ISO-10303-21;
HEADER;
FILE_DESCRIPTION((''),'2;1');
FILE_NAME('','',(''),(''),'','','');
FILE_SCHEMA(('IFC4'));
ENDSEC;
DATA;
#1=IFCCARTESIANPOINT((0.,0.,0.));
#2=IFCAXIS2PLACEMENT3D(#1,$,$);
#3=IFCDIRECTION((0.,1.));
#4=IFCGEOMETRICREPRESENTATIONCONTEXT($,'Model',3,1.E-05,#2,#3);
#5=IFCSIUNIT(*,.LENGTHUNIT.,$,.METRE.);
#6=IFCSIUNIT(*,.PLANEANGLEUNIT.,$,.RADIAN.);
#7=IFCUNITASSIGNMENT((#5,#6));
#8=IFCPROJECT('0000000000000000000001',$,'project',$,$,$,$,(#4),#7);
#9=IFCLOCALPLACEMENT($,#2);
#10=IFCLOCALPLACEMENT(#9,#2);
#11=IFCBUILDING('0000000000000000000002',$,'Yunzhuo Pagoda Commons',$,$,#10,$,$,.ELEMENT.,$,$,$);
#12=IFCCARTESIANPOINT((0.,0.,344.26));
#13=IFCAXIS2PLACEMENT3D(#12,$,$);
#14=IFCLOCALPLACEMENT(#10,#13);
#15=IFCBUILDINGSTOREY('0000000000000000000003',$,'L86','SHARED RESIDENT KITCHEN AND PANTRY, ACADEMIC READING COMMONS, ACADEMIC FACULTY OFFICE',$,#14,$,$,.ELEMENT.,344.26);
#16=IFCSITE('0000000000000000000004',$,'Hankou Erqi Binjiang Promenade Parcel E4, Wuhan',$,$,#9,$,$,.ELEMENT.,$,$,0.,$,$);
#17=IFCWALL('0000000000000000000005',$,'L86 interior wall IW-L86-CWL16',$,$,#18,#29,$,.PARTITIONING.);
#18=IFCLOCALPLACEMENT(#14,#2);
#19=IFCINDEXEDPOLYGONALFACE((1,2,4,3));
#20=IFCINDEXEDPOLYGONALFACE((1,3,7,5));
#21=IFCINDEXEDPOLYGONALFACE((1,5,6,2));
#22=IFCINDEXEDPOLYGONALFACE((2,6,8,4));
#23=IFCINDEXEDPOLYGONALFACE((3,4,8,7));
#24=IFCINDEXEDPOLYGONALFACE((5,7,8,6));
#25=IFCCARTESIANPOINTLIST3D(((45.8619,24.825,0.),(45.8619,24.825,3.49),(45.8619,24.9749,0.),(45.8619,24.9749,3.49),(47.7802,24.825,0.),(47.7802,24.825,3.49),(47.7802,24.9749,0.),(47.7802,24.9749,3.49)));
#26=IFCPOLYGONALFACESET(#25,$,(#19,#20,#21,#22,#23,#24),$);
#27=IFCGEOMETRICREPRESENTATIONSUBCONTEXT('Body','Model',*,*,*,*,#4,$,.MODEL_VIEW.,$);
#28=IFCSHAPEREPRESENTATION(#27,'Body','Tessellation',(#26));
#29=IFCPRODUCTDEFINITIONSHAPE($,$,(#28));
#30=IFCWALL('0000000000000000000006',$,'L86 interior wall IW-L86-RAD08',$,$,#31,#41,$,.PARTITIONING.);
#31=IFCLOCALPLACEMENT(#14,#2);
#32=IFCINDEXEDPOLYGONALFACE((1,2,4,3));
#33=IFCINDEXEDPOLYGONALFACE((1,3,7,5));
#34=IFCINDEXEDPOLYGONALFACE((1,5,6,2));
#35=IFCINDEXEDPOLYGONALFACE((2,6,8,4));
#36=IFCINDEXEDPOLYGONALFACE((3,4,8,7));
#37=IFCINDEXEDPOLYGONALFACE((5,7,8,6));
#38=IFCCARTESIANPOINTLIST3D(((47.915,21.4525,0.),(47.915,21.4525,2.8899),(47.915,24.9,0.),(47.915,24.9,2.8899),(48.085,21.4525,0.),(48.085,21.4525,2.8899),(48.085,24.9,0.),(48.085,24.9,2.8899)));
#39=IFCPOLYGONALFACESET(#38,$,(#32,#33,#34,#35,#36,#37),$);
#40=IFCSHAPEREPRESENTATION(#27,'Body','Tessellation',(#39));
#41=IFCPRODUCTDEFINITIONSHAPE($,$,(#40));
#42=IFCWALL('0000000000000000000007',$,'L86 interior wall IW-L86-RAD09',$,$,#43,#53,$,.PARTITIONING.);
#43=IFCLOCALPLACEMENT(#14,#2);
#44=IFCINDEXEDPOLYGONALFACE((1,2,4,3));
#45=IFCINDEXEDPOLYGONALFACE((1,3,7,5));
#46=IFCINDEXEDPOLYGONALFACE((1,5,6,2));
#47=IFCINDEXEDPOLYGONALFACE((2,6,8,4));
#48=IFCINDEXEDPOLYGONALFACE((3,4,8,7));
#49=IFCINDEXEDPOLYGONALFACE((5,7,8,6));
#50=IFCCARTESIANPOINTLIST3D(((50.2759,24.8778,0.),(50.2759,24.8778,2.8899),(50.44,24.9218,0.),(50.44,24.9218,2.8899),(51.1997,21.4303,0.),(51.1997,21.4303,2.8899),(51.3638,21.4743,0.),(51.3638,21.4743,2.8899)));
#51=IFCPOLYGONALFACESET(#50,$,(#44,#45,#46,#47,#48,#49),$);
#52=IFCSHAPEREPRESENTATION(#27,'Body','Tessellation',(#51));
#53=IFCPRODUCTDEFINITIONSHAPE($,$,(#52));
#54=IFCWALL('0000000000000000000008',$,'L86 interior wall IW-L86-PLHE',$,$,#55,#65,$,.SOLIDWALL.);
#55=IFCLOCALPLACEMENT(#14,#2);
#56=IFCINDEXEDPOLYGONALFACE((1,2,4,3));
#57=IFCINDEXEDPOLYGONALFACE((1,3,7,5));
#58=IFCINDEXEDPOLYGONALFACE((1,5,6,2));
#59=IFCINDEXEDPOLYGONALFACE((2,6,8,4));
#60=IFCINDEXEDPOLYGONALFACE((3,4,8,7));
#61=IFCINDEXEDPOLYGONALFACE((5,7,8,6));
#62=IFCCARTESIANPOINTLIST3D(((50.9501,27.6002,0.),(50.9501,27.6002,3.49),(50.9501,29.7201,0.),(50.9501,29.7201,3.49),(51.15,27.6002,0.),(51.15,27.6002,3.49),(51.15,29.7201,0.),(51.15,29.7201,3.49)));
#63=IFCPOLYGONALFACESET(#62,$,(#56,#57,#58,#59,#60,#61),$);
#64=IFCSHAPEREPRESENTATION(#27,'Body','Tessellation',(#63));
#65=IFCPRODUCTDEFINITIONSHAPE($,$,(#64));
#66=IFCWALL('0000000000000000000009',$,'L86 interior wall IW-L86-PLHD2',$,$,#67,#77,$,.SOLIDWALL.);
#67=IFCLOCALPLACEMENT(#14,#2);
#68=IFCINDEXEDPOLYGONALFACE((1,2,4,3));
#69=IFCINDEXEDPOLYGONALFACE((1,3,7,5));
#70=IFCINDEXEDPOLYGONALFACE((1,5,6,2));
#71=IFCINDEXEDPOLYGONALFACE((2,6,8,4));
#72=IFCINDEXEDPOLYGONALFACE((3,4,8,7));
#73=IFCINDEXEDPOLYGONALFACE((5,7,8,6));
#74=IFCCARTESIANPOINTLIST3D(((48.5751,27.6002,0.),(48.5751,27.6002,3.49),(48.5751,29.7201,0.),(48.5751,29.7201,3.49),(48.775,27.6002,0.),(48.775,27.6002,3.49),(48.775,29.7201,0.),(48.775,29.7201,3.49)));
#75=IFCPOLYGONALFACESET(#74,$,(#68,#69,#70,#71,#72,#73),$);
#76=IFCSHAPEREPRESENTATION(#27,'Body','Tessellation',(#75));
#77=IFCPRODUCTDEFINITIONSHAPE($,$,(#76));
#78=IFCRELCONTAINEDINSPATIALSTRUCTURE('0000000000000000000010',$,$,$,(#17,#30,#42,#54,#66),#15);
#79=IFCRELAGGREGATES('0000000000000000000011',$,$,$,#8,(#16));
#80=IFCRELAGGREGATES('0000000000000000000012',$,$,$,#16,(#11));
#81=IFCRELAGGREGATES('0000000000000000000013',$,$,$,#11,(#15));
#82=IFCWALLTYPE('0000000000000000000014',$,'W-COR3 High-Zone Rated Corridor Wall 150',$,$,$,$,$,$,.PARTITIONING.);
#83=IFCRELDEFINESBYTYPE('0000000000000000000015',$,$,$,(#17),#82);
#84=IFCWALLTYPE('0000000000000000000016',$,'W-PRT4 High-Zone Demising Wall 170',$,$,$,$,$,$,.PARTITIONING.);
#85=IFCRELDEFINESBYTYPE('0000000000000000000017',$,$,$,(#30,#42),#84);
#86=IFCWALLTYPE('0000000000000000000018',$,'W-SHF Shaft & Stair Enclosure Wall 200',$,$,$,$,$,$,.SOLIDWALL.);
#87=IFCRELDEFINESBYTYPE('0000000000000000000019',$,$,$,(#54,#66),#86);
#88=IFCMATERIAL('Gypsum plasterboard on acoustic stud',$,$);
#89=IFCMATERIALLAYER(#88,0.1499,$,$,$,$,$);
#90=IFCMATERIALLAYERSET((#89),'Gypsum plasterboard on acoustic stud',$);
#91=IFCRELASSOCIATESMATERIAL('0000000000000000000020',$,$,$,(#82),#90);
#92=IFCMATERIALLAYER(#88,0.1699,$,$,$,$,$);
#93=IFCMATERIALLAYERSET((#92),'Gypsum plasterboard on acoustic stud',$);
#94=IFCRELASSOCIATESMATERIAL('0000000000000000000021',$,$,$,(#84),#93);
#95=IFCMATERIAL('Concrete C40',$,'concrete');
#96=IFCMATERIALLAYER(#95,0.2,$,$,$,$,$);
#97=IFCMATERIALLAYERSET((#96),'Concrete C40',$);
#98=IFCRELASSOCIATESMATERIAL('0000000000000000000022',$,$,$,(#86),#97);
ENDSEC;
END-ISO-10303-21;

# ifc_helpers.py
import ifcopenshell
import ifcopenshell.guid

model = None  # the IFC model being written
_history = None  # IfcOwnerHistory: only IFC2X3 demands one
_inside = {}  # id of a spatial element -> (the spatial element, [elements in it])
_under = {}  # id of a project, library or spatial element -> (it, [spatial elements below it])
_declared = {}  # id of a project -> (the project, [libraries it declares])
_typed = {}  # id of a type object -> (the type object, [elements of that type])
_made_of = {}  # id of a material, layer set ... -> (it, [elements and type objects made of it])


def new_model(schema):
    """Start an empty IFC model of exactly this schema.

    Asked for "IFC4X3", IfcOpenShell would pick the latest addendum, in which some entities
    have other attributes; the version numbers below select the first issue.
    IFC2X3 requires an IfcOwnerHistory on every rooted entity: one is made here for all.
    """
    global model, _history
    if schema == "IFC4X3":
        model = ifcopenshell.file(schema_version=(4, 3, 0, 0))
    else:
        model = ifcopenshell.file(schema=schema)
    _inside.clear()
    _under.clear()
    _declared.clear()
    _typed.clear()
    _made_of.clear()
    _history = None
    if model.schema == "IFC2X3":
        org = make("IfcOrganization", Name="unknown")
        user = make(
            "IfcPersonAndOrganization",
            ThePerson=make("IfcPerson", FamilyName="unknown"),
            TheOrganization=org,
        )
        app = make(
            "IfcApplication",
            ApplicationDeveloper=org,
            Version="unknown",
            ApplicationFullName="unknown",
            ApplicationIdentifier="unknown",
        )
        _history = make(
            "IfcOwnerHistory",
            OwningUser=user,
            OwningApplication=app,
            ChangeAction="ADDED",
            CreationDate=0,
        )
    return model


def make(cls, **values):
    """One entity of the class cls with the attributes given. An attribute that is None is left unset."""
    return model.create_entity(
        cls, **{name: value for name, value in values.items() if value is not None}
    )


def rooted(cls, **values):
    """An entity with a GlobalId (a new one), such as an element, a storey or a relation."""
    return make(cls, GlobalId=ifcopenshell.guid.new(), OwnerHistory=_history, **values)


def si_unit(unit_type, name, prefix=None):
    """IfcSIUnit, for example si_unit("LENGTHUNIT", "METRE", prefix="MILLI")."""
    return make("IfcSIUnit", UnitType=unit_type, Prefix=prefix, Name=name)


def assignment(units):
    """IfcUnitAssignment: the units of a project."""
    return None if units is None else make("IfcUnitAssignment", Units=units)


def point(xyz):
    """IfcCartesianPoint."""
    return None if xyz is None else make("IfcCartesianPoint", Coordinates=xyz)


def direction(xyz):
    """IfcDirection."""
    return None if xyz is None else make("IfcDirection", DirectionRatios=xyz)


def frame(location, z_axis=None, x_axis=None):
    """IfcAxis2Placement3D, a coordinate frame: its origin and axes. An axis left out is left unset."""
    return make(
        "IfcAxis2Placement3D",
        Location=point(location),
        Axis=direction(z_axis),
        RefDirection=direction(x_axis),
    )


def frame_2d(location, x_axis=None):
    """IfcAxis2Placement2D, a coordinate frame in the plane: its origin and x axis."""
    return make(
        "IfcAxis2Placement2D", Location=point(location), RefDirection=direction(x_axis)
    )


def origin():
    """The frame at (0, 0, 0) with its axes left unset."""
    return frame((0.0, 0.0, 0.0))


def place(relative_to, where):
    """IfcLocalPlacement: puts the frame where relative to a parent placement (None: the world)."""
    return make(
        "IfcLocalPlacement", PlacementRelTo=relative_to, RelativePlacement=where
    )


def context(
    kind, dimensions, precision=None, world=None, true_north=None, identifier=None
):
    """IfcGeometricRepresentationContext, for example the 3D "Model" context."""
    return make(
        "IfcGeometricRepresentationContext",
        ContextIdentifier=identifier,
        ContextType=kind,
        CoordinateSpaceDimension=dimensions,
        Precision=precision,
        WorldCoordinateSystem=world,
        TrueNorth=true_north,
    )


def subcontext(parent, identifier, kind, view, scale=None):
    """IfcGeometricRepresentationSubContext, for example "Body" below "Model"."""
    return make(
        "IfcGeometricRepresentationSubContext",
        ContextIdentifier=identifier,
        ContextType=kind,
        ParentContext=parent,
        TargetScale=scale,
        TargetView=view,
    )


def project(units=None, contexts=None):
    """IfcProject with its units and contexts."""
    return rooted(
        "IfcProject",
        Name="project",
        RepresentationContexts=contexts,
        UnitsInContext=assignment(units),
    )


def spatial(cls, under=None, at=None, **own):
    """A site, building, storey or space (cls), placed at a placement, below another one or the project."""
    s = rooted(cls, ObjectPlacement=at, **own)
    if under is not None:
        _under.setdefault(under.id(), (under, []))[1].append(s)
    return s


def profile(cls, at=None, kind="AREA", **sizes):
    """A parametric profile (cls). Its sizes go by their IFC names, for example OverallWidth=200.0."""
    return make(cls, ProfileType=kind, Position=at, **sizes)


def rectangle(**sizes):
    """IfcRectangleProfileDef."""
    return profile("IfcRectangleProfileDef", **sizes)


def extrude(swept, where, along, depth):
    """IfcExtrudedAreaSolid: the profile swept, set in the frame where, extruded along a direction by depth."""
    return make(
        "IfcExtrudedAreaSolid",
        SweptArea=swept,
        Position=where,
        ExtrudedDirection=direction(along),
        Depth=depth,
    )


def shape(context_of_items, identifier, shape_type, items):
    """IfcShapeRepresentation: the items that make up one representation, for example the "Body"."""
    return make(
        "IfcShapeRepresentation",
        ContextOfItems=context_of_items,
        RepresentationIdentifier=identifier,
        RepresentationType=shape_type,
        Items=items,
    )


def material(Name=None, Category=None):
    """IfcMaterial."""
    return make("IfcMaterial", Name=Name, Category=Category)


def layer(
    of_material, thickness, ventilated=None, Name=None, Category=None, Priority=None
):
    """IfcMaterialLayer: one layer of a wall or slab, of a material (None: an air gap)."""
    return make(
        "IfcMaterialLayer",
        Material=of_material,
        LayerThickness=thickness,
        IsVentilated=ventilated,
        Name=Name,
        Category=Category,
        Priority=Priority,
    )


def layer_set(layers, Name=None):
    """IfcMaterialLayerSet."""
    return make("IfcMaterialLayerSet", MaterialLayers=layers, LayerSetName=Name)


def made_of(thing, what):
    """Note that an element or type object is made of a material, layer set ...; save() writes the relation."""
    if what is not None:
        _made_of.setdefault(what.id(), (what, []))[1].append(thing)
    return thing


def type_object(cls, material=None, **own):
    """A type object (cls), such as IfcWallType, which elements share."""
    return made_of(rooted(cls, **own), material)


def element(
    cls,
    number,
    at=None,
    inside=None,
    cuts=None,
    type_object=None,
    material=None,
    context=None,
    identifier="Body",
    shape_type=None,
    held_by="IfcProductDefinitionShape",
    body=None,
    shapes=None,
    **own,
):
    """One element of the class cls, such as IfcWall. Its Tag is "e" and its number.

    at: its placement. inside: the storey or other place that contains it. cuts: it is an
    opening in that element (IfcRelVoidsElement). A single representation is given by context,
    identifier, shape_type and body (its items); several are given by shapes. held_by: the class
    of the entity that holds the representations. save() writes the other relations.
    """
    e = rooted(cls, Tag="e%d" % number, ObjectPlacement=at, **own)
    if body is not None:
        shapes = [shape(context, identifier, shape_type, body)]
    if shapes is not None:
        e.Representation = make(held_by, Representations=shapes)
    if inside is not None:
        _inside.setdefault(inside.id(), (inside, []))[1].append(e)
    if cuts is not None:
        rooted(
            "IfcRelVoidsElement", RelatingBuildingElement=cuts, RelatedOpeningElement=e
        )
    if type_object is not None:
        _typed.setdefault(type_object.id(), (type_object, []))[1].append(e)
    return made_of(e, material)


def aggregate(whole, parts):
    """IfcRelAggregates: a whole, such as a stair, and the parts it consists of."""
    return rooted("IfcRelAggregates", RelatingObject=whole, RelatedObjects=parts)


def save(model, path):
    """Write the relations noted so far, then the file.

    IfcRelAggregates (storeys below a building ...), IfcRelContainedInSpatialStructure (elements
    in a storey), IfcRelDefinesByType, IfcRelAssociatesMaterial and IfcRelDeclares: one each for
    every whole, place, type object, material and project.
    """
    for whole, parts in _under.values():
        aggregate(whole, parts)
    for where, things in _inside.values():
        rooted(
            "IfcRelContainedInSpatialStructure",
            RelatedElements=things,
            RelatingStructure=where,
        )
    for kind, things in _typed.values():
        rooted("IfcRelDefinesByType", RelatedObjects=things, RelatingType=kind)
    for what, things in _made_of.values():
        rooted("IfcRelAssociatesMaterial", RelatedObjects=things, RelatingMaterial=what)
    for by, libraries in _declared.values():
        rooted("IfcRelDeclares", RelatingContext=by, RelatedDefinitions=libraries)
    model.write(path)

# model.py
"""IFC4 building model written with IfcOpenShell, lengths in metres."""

from ifc_helpers import new_model, si_unit, direction, frame, frame_2d, origin, place, context, subcontext, project, spatial, rectangle, extrude, material, layer, layer_set, type_object, element, save


model = new_model("IFC4")

# Units and contexts
model_context = context("Model", 3, precision=1e-05, world=origin(), true_north=direction((0.0, 1.0)))
body_context = subcontext(model_context, "Body", "Model", "MODEL_VIEW")
ifc_project = project(units=[si_unit("LENGTHUNIT", "METRE"), si_unit("PLANEANGLEUNIT", "RADIAN")], contexts=[model_context])

# Site, building, storey
site_placement = place(None, origin())
site = spatial("IfcSite", under=ifc_project, at=site_placement, Name="Hankou Erqi Binjiang Promenade Parcel E4, Wuhan", CompositionType="ELEMENT", RefElevation=0.0)
building_placement = place(site_placement, origin())
building = spatial("IfcBuilding", under=site, at=building_placement, Name="Yunzhuo Pagoda Commons", CompositionType="ELEMENT")
storey_placement = place(building_placement, frame((0.0, 0.0, 344.26)))
storey = spatial("IfcBuildingStorey", under=building, at=storey_placement, Name="L86", Description="SHARED RESIDENT KITCHEN AND PANTRY, ACADEMIC READING COMMONS, ACADEMIC FACULTY OFFICE", CompositionType="ELEMENT", Elevation=344.26)

# Shared definitions
ifc_material_1 = material(Name="Gypsum plasterboard on acoustic stud")
ifc_layer_1 = layer(ifc_material_1, 0.1499)
ifc_layer_set_1 = layer_set([ifc_layer_1], Name="Gypsum plasterboard on acoustic stud")
wall_type_1 = type_object("IfcWallType", Name="W-COR3 High-Zone Rated Corridor Wall 150", PredefinedType="PARTITIONING", material=ifc_layer_set_1)

# Walls
for number, where, z_axis, x_axis, name in (
    (1, (47.78, 24.8999, 0.0), (0.0, 0.0, 1.0), (-1.0, 0.0, 0.0), "L86 interior wall IW-L86-CWL16"),
):
    element("IfcWall", number, at=place(storey_placement, frame(where, z_axis=z_axis, x_axis=x_axis)), inside=storey, type_object=wall_type_1, Name=name, PredefinedType="PARTITIONING", context=body_context, shape_type="SweptSolid", body=[
        extrude(rectangle(XDim=1.9182, YDim=0.1499, at=frame_2d((0.959, 0.0))), origin(), (0.0, 0.0, 1.0), 3.49),
    ])
ifc_layer_2 = layer(ifc_material_1, 0.1699)
ifc_layer_set_2 = layer_set([ifc_layer_2], Name="Gypsum plasterboard on acoustic stud")
wall_type_2 = type_object("IfcWallType", Name="W-PRT4 High-Zone Demising Wall 170", PredefinedType="PARTITIONING", material=ifc_layer_set_2)
wall_1_placement = place(storey_placement, frame((48.0, 24.8999, 0.0), z_axis=(0.0, 0.0, 1.0), x_axis=(0.0, -1.0, 0.0)))
element("IfcWall", 2, at=wall_1_placement, inside=storey, type_object=wall_type_2, Name="L86 interior wall IW-L86-RAD08", PredefinedType="PARTITIONING", context=body_context, shape_type="SweptSolid", body=[
    extrude(rectangle(XDim=3.4475, YDim=0.1699, at=frame_2d((1.7236, 0.0))), origin(), (0.0, 0.0, 1.0), 2.8899),
])
wall_2_placement = place(storey_placement, frame((50.3579, 24.8999, 0.0), z_axis=(0.0, 0.0, 1.0), x_axis=(0.258838, -0.965921, 0.0)))
element("IfcWall", 3, at=wall_2_placement, inside=storey, type_object=wall_type_2, Name="L86 interior wall IW-L86-RAD09", PredefinedType="PARTITIONING", context=body_context, shape_type="SweptSolid", body=[
    extrude(rectangle(XDim=3.5691, YDim=0.1699, at=frame_2d((1.7847, 0.0))), origin(), (0.0, 0.0, 1.0), 2.8899),
])
ifc_material_2 = material(Name="Concrete C40", Category="concrete")
ifc_layer_3 = layer(ifc_material_2, 0.2)
ifc_layer_set_3 = layer_set([ifc_layer_3], Name="Concrete C40")
wall_type_3 = type_object("IfcWallType", Name="W-SHF Shaft & Stair Enclosure Wall 200", PredefinedType="SOLIDWALL", material=ifc_layer_set_3)
for number, where, z_axis, x_axis, name in (
    (4, (51.05, 27.6001, 0.0), (0.0, 0.0, 1.0), (0.0, 1.0, 0.0), "L86 interior wall IW-L86-PLHE"),
    (5, (48.675, 27.6001, 0.0), (0.0, 0.0, 1.0), (0.0, 1.0, 0.0), "L86 interior wall IW-L86-PLHD2"),
):
    element("IfcWall", number, at=place(storey_placement, frame(where, z_axis=z_axis, x_axis=x_axis)), inside=storey, type_object=wall_type_3, Name=name, PredefinedType="SOLIDWALL", context=body_context, shape_type="SweptSolid", body=[
        extrude(rectangle(XDim=2.1199, YDim=0.2, at=frame_2d((1.0601, 0.0))), origin(), (0.0, 0.0, 1.0), 3.49),
    ])

save(model, "model.ifc")
